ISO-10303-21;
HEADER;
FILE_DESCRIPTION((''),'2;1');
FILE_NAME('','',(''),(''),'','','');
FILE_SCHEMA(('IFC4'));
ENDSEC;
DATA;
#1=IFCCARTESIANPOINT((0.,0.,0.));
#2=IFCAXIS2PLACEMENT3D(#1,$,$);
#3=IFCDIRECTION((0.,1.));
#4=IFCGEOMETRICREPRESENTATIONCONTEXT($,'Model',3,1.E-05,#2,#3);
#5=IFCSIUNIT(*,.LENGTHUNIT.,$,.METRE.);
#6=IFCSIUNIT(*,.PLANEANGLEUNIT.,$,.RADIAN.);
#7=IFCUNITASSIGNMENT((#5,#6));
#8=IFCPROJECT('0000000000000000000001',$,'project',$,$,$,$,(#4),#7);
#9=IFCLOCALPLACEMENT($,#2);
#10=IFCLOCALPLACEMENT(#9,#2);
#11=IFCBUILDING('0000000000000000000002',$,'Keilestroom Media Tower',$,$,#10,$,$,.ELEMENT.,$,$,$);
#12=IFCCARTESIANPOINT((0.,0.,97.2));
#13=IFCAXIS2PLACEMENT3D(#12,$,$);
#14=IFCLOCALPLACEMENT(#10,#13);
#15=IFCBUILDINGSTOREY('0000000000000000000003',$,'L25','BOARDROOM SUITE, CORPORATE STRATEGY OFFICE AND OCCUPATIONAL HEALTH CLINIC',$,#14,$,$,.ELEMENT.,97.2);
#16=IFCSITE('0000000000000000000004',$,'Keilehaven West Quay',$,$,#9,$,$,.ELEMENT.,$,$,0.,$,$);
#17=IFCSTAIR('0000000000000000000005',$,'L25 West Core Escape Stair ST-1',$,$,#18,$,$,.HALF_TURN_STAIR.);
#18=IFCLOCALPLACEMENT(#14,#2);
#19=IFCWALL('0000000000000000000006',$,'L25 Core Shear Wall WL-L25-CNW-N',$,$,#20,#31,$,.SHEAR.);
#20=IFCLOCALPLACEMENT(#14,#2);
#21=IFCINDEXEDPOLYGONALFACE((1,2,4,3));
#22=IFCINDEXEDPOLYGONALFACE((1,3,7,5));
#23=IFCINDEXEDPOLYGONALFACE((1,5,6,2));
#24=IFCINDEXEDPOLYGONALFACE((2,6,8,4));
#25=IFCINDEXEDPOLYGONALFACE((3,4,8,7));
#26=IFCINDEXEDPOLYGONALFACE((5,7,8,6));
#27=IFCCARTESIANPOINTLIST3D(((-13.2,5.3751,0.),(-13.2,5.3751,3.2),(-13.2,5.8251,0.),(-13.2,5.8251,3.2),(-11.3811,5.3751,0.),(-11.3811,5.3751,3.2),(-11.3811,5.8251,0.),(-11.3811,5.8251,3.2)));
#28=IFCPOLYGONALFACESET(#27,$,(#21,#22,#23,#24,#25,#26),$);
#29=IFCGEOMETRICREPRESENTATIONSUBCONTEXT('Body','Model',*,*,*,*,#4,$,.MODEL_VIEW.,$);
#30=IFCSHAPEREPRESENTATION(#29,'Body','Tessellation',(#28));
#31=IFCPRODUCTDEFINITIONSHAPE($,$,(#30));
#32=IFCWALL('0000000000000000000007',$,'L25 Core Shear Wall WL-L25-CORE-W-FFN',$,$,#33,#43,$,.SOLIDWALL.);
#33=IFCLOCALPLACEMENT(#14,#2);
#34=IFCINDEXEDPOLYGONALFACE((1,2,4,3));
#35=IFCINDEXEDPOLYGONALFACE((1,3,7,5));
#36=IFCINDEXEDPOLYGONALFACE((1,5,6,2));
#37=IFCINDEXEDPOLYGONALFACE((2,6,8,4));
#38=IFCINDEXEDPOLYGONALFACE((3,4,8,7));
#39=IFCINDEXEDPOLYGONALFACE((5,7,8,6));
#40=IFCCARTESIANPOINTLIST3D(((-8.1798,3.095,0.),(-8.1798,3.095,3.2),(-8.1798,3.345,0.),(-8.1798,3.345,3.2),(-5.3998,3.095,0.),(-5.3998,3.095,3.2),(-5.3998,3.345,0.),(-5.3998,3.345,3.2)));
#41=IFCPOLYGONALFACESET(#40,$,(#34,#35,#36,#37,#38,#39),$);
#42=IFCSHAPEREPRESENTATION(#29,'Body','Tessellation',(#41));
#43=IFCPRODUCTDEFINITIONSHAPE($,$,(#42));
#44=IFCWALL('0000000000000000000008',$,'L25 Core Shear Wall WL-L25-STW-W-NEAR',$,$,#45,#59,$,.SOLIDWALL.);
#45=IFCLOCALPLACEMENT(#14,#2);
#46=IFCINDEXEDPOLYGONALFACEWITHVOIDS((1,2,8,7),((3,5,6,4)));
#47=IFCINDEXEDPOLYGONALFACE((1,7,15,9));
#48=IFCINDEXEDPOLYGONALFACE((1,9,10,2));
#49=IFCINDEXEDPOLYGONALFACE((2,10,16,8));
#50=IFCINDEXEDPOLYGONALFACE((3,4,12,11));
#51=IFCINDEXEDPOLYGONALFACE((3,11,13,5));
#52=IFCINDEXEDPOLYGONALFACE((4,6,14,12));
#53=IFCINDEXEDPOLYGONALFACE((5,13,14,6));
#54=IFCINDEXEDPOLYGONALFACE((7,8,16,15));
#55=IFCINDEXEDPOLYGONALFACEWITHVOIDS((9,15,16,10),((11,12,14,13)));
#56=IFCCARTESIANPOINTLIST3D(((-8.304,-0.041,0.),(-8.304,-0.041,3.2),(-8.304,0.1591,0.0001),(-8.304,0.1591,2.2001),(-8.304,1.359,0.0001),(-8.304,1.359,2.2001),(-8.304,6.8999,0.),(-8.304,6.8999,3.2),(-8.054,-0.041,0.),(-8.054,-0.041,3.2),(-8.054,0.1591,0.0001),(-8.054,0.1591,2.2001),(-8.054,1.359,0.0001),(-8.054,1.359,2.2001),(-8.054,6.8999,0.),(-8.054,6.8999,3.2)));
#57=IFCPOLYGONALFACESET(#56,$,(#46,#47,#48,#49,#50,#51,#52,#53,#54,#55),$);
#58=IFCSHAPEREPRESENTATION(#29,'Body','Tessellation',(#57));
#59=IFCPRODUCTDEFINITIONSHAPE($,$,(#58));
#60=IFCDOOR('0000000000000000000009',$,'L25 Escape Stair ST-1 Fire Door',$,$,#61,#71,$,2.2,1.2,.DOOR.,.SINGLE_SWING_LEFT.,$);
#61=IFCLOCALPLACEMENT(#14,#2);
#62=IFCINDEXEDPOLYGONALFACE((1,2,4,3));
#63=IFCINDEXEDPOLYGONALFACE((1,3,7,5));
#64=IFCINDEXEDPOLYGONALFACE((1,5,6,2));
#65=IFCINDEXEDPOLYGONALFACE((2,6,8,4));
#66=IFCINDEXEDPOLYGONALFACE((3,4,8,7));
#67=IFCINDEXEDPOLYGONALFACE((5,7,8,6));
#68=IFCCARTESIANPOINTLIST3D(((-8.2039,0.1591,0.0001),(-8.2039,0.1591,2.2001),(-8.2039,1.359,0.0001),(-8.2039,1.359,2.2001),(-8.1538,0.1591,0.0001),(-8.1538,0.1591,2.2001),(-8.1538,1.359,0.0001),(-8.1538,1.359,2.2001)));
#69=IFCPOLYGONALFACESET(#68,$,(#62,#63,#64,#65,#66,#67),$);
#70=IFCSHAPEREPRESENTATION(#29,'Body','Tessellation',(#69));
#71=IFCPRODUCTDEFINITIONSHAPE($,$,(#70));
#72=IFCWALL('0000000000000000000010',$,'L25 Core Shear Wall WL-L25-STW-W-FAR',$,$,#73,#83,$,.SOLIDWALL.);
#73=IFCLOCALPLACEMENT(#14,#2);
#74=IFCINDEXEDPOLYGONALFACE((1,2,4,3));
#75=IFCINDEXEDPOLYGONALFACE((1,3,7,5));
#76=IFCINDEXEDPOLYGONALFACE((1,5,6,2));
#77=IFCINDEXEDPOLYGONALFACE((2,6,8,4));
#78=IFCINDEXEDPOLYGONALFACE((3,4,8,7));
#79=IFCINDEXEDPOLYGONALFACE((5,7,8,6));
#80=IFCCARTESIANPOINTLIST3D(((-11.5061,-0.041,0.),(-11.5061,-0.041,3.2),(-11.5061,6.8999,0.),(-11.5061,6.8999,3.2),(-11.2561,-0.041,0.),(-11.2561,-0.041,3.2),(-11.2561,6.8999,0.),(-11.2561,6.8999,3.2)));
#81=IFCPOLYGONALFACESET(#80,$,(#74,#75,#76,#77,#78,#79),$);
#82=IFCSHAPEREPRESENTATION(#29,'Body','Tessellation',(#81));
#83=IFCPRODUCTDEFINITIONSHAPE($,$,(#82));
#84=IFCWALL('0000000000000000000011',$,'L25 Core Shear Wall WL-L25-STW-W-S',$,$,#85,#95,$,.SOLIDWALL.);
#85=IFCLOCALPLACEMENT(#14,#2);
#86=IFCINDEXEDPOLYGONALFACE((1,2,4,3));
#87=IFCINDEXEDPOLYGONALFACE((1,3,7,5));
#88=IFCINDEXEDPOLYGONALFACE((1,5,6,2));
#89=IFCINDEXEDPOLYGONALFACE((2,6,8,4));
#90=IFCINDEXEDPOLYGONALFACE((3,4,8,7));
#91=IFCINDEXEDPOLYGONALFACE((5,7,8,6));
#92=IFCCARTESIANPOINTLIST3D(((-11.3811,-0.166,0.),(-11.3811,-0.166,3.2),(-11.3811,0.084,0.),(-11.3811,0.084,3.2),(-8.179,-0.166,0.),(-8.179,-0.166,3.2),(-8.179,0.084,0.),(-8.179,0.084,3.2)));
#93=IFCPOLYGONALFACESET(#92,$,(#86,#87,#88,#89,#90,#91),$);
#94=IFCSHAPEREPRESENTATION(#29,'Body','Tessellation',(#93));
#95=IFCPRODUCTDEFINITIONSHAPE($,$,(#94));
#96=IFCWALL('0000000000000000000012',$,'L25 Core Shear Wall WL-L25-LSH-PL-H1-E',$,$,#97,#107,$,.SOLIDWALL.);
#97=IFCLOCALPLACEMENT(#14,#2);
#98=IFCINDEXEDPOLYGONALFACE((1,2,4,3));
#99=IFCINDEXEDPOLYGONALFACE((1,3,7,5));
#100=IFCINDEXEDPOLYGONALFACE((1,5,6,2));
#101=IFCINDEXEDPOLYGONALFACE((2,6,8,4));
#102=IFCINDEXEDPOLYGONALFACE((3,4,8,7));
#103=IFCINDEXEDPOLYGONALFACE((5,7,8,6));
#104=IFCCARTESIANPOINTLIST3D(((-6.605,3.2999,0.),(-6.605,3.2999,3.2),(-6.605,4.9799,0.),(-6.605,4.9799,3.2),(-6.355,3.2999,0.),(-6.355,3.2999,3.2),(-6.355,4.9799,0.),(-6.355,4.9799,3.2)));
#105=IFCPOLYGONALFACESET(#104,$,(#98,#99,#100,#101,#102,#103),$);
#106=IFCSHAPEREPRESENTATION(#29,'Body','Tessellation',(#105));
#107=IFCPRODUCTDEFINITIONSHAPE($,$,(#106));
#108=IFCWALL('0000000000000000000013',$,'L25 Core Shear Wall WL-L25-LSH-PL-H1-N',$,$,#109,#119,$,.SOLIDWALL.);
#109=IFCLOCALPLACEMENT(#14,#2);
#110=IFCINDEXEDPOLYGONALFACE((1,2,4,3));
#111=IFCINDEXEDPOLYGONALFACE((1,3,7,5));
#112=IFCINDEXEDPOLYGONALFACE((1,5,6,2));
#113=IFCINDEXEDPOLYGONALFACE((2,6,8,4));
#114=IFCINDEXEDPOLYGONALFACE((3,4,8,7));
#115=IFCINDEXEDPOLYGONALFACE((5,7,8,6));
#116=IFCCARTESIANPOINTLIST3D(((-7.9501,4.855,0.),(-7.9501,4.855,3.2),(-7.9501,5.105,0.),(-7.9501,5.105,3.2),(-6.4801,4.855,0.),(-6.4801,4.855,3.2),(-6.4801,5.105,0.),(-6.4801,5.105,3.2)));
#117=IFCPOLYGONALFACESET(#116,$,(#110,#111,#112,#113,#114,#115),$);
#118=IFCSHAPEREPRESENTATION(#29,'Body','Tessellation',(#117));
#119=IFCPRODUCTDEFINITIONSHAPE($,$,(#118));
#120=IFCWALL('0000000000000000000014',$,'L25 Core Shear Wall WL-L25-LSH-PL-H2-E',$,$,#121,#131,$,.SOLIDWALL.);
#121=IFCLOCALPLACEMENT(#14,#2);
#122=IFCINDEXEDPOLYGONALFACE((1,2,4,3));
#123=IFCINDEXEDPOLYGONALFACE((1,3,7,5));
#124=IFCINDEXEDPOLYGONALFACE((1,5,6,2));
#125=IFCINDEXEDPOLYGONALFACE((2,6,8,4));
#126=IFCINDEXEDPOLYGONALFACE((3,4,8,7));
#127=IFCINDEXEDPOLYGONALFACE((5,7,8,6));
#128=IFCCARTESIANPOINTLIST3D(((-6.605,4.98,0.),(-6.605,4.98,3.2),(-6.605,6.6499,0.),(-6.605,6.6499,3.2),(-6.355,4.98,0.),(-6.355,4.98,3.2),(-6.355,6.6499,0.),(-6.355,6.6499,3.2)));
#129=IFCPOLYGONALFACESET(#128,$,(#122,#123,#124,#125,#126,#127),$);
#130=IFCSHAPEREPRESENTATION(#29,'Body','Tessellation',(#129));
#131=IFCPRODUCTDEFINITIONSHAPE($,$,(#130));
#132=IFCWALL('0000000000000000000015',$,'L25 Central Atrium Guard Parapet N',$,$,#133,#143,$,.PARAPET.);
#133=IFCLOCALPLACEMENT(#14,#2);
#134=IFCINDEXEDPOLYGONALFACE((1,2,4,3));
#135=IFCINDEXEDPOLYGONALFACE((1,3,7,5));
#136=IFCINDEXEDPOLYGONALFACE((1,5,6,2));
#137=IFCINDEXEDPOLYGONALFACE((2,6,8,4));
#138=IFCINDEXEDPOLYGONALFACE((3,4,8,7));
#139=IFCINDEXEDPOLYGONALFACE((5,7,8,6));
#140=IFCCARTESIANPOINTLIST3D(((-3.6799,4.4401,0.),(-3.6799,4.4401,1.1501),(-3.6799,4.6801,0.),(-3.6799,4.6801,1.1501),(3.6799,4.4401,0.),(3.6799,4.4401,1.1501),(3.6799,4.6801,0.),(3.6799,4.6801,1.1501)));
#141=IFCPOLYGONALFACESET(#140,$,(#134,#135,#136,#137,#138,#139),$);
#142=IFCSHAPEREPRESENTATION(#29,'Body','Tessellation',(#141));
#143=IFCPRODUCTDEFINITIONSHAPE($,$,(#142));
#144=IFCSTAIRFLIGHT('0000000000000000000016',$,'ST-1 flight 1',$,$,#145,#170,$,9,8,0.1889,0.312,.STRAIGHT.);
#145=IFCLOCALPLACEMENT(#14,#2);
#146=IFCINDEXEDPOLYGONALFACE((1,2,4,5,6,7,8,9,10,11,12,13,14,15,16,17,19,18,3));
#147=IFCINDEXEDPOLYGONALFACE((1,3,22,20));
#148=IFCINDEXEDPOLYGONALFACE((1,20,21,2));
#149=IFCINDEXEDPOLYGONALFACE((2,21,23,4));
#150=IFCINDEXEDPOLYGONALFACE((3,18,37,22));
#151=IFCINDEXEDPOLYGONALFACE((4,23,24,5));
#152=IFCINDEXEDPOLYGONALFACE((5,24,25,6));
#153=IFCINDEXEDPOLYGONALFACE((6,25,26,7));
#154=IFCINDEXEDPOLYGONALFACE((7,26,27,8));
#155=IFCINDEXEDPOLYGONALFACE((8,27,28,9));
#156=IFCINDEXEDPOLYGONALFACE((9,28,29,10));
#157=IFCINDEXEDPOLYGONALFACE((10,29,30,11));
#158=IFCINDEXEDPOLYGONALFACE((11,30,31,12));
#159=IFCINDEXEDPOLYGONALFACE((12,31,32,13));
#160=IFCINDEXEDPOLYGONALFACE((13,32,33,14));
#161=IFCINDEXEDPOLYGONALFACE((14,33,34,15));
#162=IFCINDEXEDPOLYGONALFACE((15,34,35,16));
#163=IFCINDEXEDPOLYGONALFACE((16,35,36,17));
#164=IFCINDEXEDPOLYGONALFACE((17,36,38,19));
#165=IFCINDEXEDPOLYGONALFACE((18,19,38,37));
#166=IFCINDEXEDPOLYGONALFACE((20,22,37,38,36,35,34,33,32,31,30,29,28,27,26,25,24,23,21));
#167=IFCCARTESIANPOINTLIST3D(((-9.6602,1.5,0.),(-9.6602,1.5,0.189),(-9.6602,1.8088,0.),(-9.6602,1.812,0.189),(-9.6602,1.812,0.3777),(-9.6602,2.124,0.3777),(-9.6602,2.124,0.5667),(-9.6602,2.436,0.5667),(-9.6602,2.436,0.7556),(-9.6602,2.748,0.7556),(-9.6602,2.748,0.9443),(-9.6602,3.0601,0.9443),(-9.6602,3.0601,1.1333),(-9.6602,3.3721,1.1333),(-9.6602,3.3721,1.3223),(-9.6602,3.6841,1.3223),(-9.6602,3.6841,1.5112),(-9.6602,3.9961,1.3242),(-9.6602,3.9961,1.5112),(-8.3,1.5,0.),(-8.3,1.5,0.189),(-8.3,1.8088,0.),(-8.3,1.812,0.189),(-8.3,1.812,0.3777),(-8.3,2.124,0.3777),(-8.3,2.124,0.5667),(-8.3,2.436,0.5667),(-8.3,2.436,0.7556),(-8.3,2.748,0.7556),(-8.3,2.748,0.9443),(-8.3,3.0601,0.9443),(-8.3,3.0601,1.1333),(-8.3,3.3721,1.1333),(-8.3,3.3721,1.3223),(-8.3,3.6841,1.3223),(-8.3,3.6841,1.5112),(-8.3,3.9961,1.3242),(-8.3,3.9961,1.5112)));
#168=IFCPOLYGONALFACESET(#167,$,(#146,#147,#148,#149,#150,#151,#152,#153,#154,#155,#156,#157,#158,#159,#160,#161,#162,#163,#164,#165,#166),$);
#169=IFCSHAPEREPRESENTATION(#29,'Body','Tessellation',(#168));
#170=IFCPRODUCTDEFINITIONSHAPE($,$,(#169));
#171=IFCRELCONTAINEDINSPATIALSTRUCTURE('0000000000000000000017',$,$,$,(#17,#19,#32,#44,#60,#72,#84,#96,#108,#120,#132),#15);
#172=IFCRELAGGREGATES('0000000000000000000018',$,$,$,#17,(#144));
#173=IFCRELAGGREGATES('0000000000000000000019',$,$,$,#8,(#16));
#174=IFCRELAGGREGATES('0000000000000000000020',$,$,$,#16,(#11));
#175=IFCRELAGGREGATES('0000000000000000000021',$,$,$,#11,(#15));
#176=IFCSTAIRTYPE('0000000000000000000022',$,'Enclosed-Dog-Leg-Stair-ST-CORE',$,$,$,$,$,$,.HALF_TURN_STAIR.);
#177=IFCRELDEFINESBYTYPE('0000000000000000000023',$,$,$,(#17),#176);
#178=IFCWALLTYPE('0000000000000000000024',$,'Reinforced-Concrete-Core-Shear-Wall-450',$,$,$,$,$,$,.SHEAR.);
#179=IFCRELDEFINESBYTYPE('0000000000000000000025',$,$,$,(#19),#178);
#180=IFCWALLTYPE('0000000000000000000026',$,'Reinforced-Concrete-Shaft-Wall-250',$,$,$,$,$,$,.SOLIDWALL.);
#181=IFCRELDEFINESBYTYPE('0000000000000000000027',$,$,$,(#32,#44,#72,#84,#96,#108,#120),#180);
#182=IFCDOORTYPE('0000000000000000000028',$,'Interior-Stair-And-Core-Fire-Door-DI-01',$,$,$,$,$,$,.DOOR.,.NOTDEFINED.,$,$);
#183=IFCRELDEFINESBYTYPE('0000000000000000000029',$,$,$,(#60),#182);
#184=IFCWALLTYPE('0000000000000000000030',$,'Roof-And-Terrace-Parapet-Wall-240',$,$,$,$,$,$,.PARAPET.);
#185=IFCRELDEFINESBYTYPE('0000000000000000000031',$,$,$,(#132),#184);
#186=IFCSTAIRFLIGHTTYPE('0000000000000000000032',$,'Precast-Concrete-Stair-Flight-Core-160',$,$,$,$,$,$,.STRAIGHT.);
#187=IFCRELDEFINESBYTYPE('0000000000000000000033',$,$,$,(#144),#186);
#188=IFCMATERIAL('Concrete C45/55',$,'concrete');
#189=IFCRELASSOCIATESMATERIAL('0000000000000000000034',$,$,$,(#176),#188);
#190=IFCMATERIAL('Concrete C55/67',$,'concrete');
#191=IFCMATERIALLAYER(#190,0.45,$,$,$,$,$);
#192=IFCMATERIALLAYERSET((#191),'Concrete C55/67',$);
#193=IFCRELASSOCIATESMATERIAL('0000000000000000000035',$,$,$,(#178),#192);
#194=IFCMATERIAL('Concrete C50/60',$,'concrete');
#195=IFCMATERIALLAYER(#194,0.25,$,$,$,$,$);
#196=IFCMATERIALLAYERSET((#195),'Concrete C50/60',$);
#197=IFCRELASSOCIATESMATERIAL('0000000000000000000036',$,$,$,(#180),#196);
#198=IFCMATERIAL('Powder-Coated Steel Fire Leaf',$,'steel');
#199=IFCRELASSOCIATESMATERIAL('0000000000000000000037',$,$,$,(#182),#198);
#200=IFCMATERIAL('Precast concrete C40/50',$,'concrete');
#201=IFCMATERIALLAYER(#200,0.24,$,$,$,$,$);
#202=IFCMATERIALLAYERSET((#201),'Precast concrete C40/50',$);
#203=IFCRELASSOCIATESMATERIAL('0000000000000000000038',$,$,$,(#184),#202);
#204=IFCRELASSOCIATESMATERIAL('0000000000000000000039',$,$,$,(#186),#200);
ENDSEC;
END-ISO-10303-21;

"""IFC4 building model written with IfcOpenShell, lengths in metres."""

from ifc_helpers import new_model, si_unit, direction, frame, frame_2d, origin, place, context, subcontext, project, spatial, polyline, rectangle, outline, extrude, source, transform, mapped, material, layer, layer_set, type_object, element, fill, aggregate, save


model = new_model("IFC4")

# Units and contexts
model_context = context("Model", 3, precision=1e-05, world=origin(), true_north=direction((0.0, 1.0)))
body_context = subcontext(model_context, "Body", "Model", "MODEL_VIEW")
ifc_project = project(units=[si_unit("LENGTHUNIT", "METRE"), si_unit("PLANEANGLEUNIT", "RADIAN")], contexts=[model_context])

# Site, building, storey
site_placement = place(None, origin())
site = spatial("IfcSite", under=ifc_project, at=site_placement, Name="Keilehaven West Quay", CompositionType="ELEMENT", RefElevation=0.0)
building_placement = place(site_placement, origin())
building = spatial("IfcBuilding", under=site, at=building_placement, Name="Keilestroom Media Tower", CompositionType="ELEMENT")
storey_placement = place(building_placement, frame((0.0, 0.0, 97.2)))
storey = spatial("IfcBuildingStorey", under=building, at=storey_placement, Name="L25", Description="BOARDROOM SUITE, CORPORATE STRATEGY OFFICE AND OCCUPATIONAL HEALTH CLINIC", CompositionType="ELEMENT", Elevation=97.2)

# Shared definitions
ifc_material_1 = material(Name="Concrete C50/60", Category="concrete")
ifc_material_2 = material(Name="Concrete C45/55", Category="concrete")

# Stair
stair_type = type_object("IfcStairType", Name="Enclosed-Dog-Leg-Stair-ST-CORE", PredefinedType="HALF_TURN_STAIR", material=ifc_material_2)
stair_placement = place(storey_placement, origin())
stair = element("IfcStair", 1, at=stair_placement, inside=storey, type_object=stair_type, Name="L25 West Core Escape Stair ST-1", PredefinedType="HALF_TURN_STAIR")

# Walls
ifc_material_3 = material(Name="Concrete C55/67", Category="concrete")
ifc_layer_1 = layer(ifc_material_3, 0.45)
ifc_layer_set_1 = layer_set([ifc_layer_1], Name="Concrete C55/67")
wall_type_1 = type_object("IfcWallType", Name="Reinforced-Concrete-Core-Shear-Wall-450", PredefinedType="SHEAR", material=ifc_layer_set_1)
wall_1_placement = place(storey_placement, frame((-13.2, 5.6001, 0.0), z_axis=(0.0, 0.0, 1.0), x_axis=(1.0, 0.0, 0.0)))
element("IfcWall", 2, at=wall_1_placement, inside=storey, type_object=wall_type_1, Name="L25 Core Shear Wall WL-L25-CNW-N", PredefinedType="SHEAR", context=body_context, shape_type="SweptSolid", body=[
    extrude(rectangle(XDim=1.8188, YDim=0.45, at=frame_2d((0.9094, 0.0))), origin(), (0.0, 0.0, 1.0), 3.2),
])
ifc_layer_2 = layer(ifc_material_1, 0.25)
ifc_layer_set_2 = layer_set([ifc_layer_2], Name="Concrete C50/60")
wall_type_2 = type_object("IfcWallType", Name="Reinforced-Concrete-Shaft-Wall-250", PredefinedType="SOLIDWALL", material=ifc_layer_set_2)
wall_2_placement = place(storey_placement, frame((-8.1799, 3.22, 0.0), z_axis=(0.0, 0.0, 1.0), x_axis=(1.0, 0.0, 0.0)))
element("IfcWall", 3, at=wall_2_placement, inside=storey, type_object=wall_type_2, Name="L25 Core Shear Wall WL-L25-CORE-W-FFN", PredefinedType="SOLIDWALL", context=body_context, shape_type="SweptSolid", body=[
    extrude(rectangle(XDim=2.78, YDim=0.25, at=frame_2d((1.3901, 0.0))), origin(), (0.0, 0.0, 1.0), 3.2),
])

# Wall, opening, door
wall_3_placement = place(storey_placement, frame((-8.179, -0.041, 0.0), z_axis=(0.0, 0.0, 1.0), x_axis=(0.0, 1.0, 0.0)))
wall_3 = element("IfcWall", 4, at=wall_3_placement, inside=storey, type_object=wall_type_2, Name="L25 Core Shear Wall WL-L25-STW-W-NEAR", PredefinedType="SOLIDWALL", context=body_context, shape_type="SweptSolid", body=[
    extrude(rectangle(XDim=6.9409, YDim=0.25, at=frame_2d((3.4705, 0.0))), origin(), (0.0, 0.0, 1.0), 3.2),
])
opening_placement = place(wall_3_placement, frame((0.2, 0.0, 0.0)))
opening = element("IfcOpeningElement", 5, at=opening_placement, cuts=wall_3, PredefinedType="OPENING", context=body_context, shape_type="SweptSolid", body=[
    extrude(rectangle(XDim=1.2, YDim=2.2, at=frame_2d((0.6001, 1.1001))), frame((0.0, 0.135, 0.0), z_axis=(0.0, -1.0, 0.0), x_axis=(1.0, 0.0, 0.0)), (0.0, 0.0, 1.0), 0.27),
])
ifc_material_4 = material(Name="Powder-Coated Steel Fire Leaf", Category="steel")
door_type = type_object("IfcDoorType", Name="Interior-Stair-And-Core-Fire-Door-DI-01", OperationType="NOTDEFINED", PredefinedType="DOOR", material=ifc_material_4)
shared_shape_1 = source(origin(), body_context, "Body", "SweptSolid", [
    extrude(rectangle(XDim=1.2, YDim=2.2, at=frame_2d((0.6001, 1.1001))), frame((0.0, 0.0249, 0.0), z_axis=(0.0, -1.0, 0.0), x_axis=(1.0, 0.0, 0.0)), (0.0, 0.0, 1.0), 0.05),
])
door_placement = place(opening_placement, origin())
door = element("IfcDoor", 6, at=door_placement, inside=storey, type_object=door_type, Name="L25 Escape Stair ST-1 Fire Door", OperationType="SINGLE_SWING_LEFT", OverallHeight=2.2, OverallWidth=1.2, PredefinedType="DOOR", context=body_context, shape_type="MappedRepresentation", body=[
    mapped(shared_shape_1, transform((0.0, 0.0, 0.0), x_axis=(1.0, 0.0, 0.0), y_axis=(0.0, 1.0, 0.0), z_axis=(0.0, 0.0, 1.0), scale=1.0)),
])
fill(opening, door)

# Walls
wall_4_placement = place(storey_placement, frame((-11.3811, -0.041, 0.0), z_axis=(0.0, 0.0, 1.0), x_axis=(0.0, 1.0, 0.0)))
element("IfcWall", 7, at=wall_4_placement, inside=storey, type_object=wall_type_2, Name="L25 Core Shear Wall WL-L25-STW-W-FAR", PredefinedType="SOLIDWALL", context=body_context, shape_type="SweptSolid", body=[
    extrude(rectangle(XDim=6.9409, YDim=0.25, at=frame_2d((3.4705, 0.0))), origin(), (0.0, 0.0, 1.0), 3.2),
])
wall_5_placement = place(storey_placement, frame((-11.3811, -0.041, 0.0), z_axis=(0.0, 0.0, 1.0), x_axis=(1.0, 0.0, 0.0)))
element("IfcWall", 8, at=wall_5_placement, inside=storey, type_object=wall_type_2, Name="L25 Core Shear Wall WL-L25-STW-W-S", PredefinedType="SOLIDWALL", context=body_context, shape_type="SweptSolid", body=[
    extrude(rectangle(XDim=3.2021, YDim=0.25, at=frame_2d((1.6011, 0.0))), origin(), (0.0, 0.0, 1.0), 3.2),
])
wall_6_placement = place(storey_placement, frame((-6.48, 3.3, 0.0), z_axis=(0.0, 0.0, 1.0), x_axis=(0.0, 1.0, 0.0)))
element("IfcWall", 9, at=wall_6_placement, inside=storey, type_object=wall_type_2, Name="L25 Core Shear Wall WL-L25-LSH-PL-H1-E", PredefinedType="SOLIDWALL", context=body_context, shape_type="SweptSolid", body=[
    extrude(rectangle(XDim=1.6799, YDim=0.25, at=frame_2d((0.8398, 0.0))), origin(), (0.0, 0.0, 1.0), 3.2),
])
wall_7_placement = place(storey_placement, frame((-7.95, 4.98, 0.0), z_axis=(0.0, 0.0, 1.0), x_axis=(1.0, 0.0, 0.0)))
element("IfcWall", 10, at=wall_7_placement, inside=storey, type_object=wall_type_2, Name="L25 Core Shear Wall WL-L25-LSH-PL-H1-N", PredefinedType="SOLIDWALL", context=body_context, shape_type="SweptSolid", body=[
    extrude(rectangle(XDim=1.47, YDim=0.25, at=frame_2d((0.7349, 0.0))), origin(), (0.0, 0.0, 1.0), 3.2),
])
wall_8_placement = place(storey_placement, frame((-6.48, 4.98, 0.0), z_axis=(0.0, 0.0, 1.0), x_axis=(0.0, 1.0, 0.0)))
element("IfcWall", 11, at=wall_8_placement, inside=storey, type_object=wall_type_2, Name="L25 Core Shear Wall WL-L25-LSH-PL-H2-E", PredefinedType="SOLIDWALL", context=body_context, shape_type="SweptSolid", body=[
    extrude(rectangle(XDim=1.6699, YDim=0.25, at=frame_2d((0.835, 0.0))), origin(), (0.0, 0.0, 1.0), 3.2),
])
ifc_material_5 = material(Name="Precast concrete C40/50", Category="concrete")
ifc_layer_3 = layer(ifc_material_5, 0.24)
ifc_layer_set_3 = layer_set([ifc_layer_3], Name="Precast concrete C40/50")
wall_type_3 = type_object("IfcWallType", Name="Roof-And-Terrace-Parapet-Wall-240", PredefinedType="PARAPET", material=ifc_layer_set_3)
wall_9_placement = place(storey_placement, frame((-3.6799, 4.5601, 0.0), z_axis=(0.0, 0.0, 1.0), x_axis=(1.0, 0.0, 0.0)))
element("IfcWall", 12, at=wall_9_placement, inside=storey, type_object=wall_type_3, Name="L25 Central Atrium Guard Parapet N", PredefinedType="PARAPET", context=body_context, shape_type="SweptSolid", body=[
    extrude(rectangle(XDim=7.3599, YDim=0.24, at=frame_2d((3.6799, 0.0))), origin(), (0.0, 0.0, 1.0), 1.1501),
])

# Stair flight
stair_flight_type = type_object("IfcStairFlightType", Name="Precast-Concrete-Stair-Flight-Core-160", PredefinedType="STRAIGHT", material=ifc_material_5)
stair_flight_1_placement = place(storey_placement, frame((-8.98, 1.5, 0.0), z_axis=(0.0, 0.0, 1.0), x_axis=(0.0, 1.0, 0.0)))
stair_flight_1 = element("IfcStairFlight", 13, at=stair_flight_1_placement, type_object=stair_flight_type, Name="ST-1 flight 1", NumberOfRisers=9, NumberOfTreads=8, PredefinedType="STRAIGHT", RiserHeight=0.1889, TreadLength=0.312, context=body_context, shape_type="SweptSolid", body=[
    extrude(outline(polyline([(0.0, 0.0), (0.0, 0.189), (0.312, 0.189), (0.312, 0.3777), (0.624, 0.3777), (0.624, 0.5667), (0.936, 0.5667), (0.936, 0.7556), (1.248, 0.7556), (1.248, 0.9443), (1.5601, 0.9443), (1.5601, 1.1333), (1.8721, 1.1333), (1.8721, 1.3223), (2.1841, 1.3223), (2.1841, 1.5112), (2.4961, 1.5112), (2.4961, 1.7), (2.4961, 1.3242), (0.3088, 0.0), (0.0, 0.0)])), frame((0.0, 0.6802, 0.0), z_axis=(0.0, -1.0, 0.0), x_axis=(1.0, 0.0, 0.0)), (0.0, 0.0, 1.0), 1.3601),
])
aggregate(stair, [stair_flight_1])

save(model, "model.ifc")
